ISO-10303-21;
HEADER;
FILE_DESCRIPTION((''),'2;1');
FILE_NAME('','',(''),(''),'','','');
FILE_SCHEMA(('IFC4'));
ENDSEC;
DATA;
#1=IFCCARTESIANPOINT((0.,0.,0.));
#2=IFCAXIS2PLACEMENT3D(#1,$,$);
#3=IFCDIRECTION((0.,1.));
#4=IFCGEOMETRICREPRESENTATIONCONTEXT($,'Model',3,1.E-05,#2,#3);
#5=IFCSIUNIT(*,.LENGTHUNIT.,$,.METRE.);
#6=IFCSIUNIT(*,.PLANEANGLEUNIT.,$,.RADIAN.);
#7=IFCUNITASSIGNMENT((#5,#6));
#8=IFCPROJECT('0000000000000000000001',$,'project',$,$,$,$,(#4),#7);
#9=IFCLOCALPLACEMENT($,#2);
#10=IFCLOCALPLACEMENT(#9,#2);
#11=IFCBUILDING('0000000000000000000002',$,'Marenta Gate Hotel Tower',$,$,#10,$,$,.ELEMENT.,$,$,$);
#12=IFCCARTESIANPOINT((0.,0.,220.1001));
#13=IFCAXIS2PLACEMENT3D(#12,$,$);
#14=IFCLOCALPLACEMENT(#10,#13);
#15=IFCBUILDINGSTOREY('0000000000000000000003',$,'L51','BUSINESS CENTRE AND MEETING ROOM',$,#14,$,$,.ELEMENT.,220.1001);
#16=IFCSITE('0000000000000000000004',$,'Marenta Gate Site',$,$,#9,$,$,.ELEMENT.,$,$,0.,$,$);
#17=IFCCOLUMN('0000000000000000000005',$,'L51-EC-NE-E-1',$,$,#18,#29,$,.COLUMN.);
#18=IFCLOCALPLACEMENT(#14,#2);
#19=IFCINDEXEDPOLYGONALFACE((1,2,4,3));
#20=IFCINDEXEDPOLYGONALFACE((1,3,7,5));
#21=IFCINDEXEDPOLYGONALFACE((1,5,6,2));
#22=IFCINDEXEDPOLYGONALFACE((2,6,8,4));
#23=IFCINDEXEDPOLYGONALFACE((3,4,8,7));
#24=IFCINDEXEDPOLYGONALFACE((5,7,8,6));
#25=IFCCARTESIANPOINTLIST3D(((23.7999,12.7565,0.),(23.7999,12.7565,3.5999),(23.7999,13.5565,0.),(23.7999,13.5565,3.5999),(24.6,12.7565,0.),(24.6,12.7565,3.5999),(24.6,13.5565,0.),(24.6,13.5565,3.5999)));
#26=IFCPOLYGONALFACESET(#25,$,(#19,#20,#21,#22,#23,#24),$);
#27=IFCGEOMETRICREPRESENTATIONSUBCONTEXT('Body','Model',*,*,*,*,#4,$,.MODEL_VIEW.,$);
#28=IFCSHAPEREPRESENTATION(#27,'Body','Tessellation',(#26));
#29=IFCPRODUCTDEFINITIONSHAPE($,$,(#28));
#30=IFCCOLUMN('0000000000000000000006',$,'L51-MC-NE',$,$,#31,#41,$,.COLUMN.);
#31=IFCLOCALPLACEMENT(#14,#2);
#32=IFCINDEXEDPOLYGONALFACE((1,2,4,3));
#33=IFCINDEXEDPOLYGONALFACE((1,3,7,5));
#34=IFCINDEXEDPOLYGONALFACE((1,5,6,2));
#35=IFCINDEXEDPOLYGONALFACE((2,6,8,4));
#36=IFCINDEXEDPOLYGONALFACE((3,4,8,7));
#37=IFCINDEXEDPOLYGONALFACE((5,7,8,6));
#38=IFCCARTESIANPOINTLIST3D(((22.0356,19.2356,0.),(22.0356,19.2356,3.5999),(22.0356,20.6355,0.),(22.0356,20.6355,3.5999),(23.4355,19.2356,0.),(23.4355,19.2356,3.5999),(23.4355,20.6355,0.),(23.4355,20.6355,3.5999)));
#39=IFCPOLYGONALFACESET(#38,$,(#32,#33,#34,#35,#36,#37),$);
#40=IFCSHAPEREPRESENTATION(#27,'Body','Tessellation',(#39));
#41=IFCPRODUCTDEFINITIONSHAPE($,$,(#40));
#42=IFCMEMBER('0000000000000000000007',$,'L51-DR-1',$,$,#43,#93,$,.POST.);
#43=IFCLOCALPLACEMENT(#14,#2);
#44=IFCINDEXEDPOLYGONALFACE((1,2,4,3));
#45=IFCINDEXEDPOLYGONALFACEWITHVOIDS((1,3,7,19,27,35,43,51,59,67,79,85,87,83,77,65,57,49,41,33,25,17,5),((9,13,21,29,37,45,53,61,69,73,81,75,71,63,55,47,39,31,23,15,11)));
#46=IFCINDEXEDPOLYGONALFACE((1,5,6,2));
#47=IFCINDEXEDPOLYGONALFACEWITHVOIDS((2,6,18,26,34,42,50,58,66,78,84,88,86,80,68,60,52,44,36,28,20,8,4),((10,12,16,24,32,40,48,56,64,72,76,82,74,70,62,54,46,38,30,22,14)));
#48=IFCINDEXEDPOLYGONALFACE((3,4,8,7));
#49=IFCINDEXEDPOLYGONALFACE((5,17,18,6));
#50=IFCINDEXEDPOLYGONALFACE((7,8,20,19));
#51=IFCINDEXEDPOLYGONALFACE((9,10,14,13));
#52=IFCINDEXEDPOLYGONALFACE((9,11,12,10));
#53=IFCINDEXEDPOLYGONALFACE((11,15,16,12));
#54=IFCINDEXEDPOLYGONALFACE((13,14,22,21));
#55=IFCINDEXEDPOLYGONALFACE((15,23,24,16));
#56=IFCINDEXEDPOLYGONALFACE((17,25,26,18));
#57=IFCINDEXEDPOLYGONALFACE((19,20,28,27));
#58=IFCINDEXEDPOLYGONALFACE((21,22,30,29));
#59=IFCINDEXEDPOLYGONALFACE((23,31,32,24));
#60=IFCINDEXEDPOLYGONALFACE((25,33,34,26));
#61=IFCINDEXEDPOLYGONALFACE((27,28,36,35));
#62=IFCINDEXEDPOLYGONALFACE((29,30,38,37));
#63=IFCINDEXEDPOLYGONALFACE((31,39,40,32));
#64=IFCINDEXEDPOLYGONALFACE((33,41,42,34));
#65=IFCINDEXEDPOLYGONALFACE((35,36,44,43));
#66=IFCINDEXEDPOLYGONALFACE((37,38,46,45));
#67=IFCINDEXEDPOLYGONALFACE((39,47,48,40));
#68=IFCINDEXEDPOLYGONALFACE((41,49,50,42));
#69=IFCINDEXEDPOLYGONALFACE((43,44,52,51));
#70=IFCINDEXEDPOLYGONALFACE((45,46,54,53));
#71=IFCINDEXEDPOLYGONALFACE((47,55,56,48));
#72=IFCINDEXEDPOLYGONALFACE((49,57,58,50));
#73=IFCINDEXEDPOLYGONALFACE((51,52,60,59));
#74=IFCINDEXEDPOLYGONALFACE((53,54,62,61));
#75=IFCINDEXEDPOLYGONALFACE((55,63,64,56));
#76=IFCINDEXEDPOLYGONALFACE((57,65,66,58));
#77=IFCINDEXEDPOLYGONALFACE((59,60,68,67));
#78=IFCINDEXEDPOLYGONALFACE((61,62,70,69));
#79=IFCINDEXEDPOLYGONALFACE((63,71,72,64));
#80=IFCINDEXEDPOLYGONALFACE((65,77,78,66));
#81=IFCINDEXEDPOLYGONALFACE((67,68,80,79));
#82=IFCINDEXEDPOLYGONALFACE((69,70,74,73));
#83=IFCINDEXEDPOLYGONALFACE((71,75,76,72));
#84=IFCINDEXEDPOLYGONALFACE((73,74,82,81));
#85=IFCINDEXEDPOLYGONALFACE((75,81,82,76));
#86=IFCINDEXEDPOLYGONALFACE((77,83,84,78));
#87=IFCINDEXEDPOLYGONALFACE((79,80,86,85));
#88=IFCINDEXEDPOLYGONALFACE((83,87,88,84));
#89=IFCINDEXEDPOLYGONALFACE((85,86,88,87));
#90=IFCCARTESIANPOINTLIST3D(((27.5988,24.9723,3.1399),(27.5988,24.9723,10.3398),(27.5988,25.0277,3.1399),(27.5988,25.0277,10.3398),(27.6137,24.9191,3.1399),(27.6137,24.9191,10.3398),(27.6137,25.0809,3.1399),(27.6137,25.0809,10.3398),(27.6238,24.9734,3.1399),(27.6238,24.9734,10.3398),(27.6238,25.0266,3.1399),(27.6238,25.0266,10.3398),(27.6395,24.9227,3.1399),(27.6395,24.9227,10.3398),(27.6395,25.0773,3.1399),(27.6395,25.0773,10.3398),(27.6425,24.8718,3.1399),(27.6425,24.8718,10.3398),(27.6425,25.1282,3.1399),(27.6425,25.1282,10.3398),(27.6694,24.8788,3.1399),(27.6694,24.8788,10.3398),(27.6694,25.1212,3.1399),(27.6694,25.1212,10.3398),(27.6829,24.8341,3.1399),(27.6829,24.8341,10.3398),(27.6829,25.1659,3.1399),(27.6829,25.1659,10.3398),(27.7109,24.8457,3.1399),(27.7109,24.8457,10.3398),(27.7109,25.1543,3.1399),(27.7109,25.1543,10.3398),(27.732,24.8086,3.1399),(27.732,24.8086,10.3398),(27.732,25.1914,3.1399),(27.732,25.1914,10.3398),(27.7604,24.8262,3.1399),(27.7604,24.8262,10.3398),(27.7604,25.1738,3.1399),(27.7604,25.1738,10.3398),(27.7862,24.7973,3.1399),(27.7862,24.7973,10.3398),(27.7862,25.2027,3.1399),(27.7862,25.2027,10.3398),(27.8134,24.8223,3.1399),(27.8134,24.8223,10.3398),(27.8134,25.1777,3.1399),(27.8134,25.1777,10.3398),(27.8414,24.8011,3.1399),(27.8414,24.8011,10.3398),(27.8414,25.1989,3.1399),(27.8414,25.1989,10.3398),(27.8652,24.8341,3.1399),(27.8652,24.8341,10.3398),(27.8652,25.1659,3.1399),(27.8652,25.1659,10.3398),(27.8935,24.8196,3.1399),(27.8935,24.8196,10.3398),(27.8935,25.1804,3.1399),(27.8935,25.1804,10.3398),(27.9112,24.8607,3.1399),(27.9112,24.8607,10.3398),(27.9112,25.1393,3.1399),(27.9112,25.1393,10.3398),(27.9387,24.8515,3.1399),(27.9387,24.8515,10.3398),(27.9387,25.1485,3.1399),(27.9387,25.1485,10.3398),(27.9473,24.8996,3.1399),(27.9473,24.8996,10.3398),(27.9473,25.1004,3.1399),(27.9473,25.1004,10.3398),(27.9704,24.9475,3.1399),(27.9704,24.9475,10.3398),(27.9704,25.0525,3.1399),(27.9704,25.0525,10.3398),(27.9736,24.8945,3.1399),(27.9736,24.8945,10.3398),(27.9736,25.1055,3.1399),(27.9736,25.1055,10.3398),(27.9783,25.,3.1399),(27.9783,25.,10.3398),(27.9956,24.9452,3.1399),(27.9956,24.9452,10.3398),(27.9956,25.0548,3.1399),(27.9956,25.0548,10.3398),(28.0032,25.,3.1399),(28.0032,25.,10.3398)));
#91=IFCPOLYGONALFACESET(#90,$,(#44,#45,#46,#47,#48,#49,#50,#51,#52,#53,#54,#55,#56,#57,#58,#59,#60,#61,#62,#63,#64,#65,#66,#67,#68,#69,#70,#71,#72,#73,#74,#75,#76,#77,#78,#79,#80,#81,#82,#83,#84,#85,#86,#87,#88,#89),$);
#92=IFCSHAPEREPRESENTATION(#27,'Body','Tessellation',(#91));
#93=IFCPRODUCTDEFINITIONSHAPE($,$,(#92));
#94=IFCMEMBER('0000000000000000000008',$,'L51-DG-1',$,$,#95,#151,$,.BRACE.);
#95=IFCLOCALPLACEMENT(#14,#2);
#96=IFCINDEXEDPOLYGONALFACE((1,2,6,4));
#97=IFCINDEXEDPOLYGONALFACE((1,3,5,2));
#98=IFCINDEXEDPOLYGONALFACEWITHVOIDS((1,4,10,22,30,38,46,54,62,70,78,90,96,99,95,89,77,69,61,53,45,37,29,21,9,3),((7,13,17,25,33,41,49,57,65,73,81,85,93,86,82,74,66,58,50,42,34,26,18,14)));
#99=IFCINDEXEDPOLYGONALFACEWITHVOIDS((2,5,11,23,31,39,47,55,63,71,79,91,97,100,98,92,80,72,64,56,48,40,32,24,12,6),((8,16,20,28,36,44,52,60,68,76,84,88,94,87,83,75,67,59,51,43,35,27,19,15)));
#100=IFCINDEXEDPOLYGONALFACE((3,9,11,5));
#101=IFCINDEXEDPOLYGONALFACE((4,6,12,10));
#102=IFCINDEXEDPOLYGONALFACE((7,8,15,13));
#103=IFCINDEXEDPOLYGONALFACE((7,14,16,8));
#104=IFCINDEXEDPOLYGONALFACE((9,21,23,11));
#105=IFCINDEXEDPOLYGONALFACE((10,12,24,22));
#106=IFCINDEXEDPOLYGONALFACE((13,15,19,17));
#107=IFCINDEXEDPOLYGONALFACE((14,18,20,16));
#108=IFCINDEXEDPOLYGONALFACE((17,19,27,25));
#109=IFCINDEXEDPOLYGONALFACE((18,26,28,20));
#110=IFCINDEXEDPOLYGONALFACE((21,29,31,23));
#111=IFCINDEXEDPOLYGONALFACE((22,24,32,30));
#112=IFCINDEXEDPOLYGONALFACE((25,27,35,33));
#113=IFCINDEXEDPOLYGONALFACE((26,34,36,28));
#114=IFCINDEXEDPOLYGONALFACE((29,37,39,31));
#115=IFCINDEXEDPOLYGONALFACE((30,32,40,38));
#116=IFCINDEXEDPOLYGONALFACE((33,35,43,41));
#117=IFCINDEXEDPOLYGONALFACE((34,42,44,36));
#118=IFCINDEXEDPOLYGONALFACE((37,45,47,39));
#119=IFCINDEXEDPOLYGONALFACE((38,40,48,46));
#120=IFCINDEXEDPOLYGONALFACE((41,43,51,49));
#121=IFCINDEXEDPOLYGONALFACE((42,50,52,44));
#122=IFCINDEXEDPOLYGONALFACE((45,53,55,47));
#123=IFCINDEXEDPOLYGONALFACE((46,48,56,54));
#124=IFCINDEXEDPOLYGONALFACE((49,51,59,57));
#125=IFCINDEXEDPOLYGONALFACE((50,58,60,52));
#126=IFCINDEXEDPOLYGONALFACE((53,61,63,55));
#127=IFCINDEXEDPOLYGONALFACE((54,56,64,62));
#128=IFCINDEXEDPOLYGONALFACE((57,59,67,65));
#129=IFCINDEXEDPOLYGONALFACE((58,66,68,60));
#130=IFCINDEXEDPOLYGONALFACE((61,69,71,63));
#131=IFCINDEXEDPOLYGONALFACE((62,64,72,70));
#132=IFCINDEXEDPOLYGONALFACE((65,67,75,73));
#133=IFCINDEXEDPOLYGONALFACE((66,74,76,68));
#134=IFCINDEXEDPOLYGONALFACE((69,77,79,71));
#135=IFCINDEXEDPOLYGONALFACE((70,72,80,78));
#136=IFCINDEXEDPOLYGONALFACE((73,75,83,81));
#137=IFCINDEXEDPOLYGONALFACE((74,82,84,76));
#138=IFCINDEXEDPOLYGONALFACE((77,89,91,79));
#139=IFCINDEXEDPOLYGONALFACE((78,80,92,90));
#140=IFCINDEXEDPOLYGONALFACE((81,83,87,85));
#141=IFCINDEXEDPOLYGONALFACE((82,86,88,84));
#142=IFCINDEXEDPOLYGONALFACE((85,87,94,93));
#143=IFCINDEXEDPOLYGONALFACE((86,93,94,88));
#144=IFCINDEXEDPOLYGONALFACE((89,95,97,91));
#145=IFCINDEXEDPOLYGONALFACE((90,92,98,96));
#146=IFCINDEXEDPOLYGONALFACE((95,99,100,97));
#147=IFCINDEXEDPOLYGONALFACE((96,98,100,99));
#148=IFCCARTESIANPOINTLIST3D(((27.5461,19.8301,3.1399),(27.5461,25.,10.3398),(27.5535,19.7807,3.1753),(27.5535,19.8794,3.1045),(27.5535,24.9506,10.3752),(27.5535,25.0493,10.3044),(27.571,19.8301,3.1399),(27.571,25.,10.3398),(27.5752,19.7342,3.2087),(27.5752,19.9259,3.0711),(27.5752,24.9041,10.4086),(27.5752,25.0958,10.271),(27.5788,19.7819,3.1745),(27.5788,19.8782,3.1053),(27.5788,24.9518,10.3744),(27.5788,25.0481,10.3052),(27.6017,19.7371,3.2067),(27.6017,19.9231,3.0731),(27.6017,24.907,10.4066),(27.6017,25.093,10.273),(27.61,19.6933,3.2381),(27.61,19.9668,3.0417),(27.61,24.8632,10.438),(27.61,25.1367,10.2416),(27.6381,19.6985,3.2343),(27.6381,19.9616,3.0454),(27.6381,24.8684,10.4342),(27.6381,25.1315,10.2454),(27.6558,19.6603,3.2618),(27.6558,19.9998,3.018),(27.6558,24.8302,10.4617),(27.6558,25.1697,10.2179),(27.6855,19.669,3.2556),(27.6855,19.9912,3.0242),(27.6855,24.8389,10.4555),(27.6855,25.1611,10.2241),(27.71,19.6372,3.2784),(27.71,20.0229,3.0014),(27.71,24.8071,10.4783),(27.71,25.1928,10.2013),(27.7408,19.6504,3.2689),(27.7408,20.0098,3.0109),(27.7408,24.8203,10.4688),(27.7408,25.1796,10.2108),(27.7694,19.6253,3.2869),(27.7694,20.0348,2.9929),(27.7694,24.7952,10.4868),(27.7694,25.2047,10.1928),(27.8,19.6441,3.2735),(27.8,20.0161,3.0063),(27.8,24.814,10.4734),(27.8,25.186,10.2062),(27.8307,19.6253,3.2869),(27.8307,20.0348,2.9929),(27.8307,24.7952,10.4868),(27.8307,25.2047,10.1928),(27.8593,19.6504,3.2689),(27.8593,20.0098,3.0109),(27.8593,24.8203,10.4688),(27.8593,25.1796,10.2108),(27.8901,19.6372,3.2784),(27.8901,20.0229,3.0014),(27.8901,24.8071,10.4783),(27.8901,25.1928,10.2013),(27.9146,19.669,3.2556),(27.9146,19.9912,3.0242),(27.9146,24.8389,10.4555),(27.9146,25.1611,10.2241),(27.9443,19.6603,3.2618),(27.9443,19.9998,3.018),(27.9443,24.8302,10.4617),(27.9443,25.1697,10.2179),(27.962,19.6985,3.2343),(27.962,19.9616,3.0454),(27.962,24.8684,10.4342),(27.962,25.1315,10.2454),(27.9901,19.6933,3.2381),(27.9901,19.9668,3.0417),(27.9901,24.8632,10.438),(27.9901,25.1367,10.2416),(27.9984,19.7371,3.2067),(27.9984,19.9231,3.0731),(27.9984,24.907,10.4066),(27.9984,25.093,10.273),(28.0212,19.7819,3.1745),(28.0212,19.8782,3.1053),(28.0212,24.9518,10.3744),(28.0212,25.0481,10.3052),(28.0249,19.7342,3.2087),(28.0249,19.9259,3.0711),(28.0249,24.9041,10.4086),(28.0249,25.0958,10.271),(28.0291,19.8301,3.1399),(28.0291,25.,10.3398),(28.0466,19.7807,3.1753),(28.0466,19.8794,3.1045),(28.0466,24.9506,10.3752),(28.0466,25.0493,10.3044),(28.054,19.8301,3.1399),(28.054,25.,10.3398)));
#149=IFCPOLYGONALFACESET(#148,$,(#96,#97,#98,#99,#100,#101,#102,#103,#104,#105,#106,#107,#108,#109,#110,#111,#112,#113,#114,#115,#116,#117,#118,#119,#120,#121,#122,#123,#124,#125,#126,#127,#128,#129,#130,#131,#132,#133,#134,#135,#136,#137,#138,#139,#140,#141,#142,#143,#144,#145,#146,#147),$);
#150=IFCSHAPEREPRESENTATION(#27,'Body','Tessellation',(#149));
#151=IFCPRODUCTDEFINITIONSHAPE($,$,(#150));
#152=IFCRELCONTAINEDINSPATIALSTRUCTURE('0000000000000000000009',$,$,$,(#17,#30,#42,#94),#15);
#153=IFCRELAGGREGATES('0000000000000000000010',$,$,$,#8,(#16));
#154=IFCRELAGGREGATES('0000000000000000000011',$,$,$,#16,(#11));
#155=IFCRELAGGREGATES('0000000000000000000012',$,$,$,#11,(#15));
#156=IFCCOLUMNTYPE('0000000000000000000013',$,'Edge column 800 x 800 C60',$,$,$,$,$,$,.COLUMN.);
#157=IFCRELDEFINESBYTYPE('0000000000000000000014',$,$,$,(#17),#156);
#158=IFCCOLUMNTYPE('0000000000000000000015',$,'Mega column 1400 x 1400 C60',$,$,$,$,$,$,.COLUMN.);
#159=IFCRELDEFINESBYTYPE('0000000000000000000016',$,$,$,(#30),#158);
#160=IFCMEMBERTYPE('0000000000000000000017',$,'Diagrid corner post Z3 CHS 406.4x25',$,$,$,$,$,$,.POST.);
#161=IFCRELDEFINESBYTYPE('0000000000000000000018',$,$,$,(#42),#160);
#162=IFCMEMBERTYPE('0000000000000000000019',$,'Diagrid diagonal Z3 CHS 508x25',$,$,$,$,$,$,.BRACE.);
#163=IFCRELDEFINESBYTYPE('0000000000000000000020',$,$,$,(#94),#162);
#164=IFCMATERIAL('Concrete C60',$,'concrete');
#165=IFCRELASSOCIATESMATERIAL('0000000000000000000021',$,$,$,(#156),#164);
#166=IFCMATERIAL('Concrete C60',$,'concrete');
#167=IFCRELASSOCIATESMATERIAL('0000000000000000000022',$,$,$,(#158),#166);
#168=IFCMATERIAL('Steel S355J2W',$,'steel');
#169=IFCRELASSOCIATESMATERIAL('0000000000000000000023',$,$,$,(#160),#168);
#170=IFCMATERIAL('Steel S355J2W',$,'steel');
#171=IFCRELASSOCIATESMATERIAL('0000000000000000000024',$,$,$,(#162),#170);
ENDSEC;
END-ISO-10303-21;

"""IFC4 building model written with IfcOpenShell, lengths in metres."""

from ifc_helpers import new_model, si_unit, direction, frame, origin, origin_2d, place, context, subcontext, project, spatial, rectangle, hollow_circle, extrude, material, material_profile, profile_set, type_object, element, save


model = new_model("IFC4")

# Units and contexts
model_context = context("Model", 3, precision=1e-05, world=origin(), true_north=direction((0.0, 1.0)))
body_context = subcontext(model_context, "Body", "Model", "MODEL_VIEW")
ifc_project = project(units=[si_unit("LENGTHUNIT", "METRE"), si_unit("PLANEANGLEUNIT", "RADIAN")], contexts=[model_context])

# Site, building, storey
site_placement = place(None, origin())
site = spatial("IfcSite", under=ifc_project, at=site_placement, Name="Marenta Gate Site", CompositionType="ELEMENT", RefElevation=0.0)
building_placement = place(site_placement, origin())
building = spatial("IfcBuilding", under=site, at=building_placement, Name="Marenta Gate Hotel Tower", CompositionType="ELEMENT")
storey_placement = place(building_placement, frame((0.0, 0.0, 220.1001)))
storey = spatial("IfcBuildingStorey", under=building, at=storey_placement, Name="L51", Description="BUSINESS CENTRE AND MEETING ROOM", CompositionType="ELEMENT", Elevation=220.1001)

# Columns
ifc_material_1 = material(Name="Concrete C60", Category="concrete")
ifc_material_profile_1 = material_profile(ifc_material_1, rectangle(XDim=0.8, YDim=0.8, at=origin_2d()), Name="800 x 800")
ifc_profile_set_1 = profile_set([ifc_material_profile_1], Name="Concrete C60")
column_type_1 = type_object("IfcColumnType", Name="Edge column 800 x 800 C60", PredefinedType="COLUMN", material=ifc_profile_set_1)
column_1_placement = place(storey_placement, frame((24.2, 13.1565, 0.0), z_axis=(0.0, 0.0, 1.0), x_axis=(1.0, 0.0, 0.0)))
element("IfcColumn", 1, at=column_1_placement, inside=storey, type_object=column_type_1, Name="L51-EC-NE-E-1", PredefinedType="COLUMN", context=body_context, shape_type="SweptSolid", body=[
    extrude(rectangle(XDim=0.8, YDim=0.8, at=origin_2d()), origin(), (0.0, 0.0, 1.0), 3.5999),
])
ifc_material_2 = material(Name="Concrete C60", Category="concrete")
ifc_material_profile_2 = material_profile(ifc_material_2, rectangle(XDim=1.3999, YDim=1.3999, at=origin_2d()), Name="1400 x 1400")
ifc_profile_set_2 = profile_set([ifc_material_profile_2], Name="Concrete C60")
column_type_2 = type_object("IfcColumnType", Name="Mega column 1400 x 1400 C60", PredefinedType="COLUMN", material=ifc_profile_set_2)
column_2_placement = place(storey_placement, frame((22.7356, 19.9355, 0.0), z_axis=(0.0, 0.0, 1.0), x_axis=(1.0, 0.0, 0.0)))
element("IfcColumn", 2, at=column_2_placement, inside=storey, type_object=column_type_2, Name="L51-MC-NE", PredefinedType="COLUMN", context=body_context, shape_type="SweptSolid", body=[
    extrude(rectangle(XDim=1.3999, YDim=1.3999, at=origin_2d()), origin(), (0.0, 0.0, 1.0), 3.5999),
])

# Members
ifc_material_3 = material(Name="Steel S355J2W", Category="steel")
ifc_material_profile_3 = material_profile(ifc_material_3, hollow_circle(Radius=0.2031, WallThickness=0.0249, at=origin_2d()), Name="CHS 406.4x25")
ifc_profile_set_3 = profile_set([ifc_material_profile_3], Name="Steel S355J2W")
member_type_1 = type_object("IfcMemberType", Name="Diagrid corner post Z3 CHS 406.4x25", PredefinedType="POST", material=ifc_profile_set_3)
member_1_placement = place(storey_placement, frame((27.8, 25.0, 3.1399), z_axis=(0.0, 0.0, 1.0), x_axis=(1.0, 0.0, 0.0)))
element("IfcMember", 3, at=member_1_placement, inside=storey, type_object=member_type_1, Name="L51-DR-1", PredefinedType="POST", context=body_context, shape_type="SweptSolid", body=[
    extrude(hollow_circle(Radius=0.2031, WallThickness=0.0249, at=origin_2d()), origin(), (0.0, 0.0, 1.0), 7.2),
])
ifc_material_4 = material(Name="Steel S355J2W", Category="steel")
ifc_material_profile_4 = material_profile(ifc_material_4, hollow_circle(Radius=0.2539, WallThickness=0.0249, at=origin_2d()), Name="CHS 508x25")
ifc_profile_set_4 = profile_set([ifc_material_profile_4], Name="Steel S355J2W")
member_type_2 = type_object("IfcMemberType", Name="Diagrid diagonal Z3 CHS 508x25", PredefinedType="BRACE", material=ifc_profile_set_4)
member_2_placement = place(storey_placement, frame((27.8, 19.8301, 3.1399), z_axis=(0.0, 0.583261, 0.812285), x_axis=(-1.0, 0.0, 0.0)))
element("IfcMember", 4, at=member_2_placement, inside=storey, type_object=member_type_2, Name="L51-DG-1", PredefinedType="BRACE", context=body_context, shape_type="SweptSolid", body=[
    extrude(hollow_circle(Radius=0.2539, WallThickness=0.0249, at=origin_2d()), origin(), (0.0, 0.0, 1.0), 8.8638),
])

save(model, "model.ifc")
